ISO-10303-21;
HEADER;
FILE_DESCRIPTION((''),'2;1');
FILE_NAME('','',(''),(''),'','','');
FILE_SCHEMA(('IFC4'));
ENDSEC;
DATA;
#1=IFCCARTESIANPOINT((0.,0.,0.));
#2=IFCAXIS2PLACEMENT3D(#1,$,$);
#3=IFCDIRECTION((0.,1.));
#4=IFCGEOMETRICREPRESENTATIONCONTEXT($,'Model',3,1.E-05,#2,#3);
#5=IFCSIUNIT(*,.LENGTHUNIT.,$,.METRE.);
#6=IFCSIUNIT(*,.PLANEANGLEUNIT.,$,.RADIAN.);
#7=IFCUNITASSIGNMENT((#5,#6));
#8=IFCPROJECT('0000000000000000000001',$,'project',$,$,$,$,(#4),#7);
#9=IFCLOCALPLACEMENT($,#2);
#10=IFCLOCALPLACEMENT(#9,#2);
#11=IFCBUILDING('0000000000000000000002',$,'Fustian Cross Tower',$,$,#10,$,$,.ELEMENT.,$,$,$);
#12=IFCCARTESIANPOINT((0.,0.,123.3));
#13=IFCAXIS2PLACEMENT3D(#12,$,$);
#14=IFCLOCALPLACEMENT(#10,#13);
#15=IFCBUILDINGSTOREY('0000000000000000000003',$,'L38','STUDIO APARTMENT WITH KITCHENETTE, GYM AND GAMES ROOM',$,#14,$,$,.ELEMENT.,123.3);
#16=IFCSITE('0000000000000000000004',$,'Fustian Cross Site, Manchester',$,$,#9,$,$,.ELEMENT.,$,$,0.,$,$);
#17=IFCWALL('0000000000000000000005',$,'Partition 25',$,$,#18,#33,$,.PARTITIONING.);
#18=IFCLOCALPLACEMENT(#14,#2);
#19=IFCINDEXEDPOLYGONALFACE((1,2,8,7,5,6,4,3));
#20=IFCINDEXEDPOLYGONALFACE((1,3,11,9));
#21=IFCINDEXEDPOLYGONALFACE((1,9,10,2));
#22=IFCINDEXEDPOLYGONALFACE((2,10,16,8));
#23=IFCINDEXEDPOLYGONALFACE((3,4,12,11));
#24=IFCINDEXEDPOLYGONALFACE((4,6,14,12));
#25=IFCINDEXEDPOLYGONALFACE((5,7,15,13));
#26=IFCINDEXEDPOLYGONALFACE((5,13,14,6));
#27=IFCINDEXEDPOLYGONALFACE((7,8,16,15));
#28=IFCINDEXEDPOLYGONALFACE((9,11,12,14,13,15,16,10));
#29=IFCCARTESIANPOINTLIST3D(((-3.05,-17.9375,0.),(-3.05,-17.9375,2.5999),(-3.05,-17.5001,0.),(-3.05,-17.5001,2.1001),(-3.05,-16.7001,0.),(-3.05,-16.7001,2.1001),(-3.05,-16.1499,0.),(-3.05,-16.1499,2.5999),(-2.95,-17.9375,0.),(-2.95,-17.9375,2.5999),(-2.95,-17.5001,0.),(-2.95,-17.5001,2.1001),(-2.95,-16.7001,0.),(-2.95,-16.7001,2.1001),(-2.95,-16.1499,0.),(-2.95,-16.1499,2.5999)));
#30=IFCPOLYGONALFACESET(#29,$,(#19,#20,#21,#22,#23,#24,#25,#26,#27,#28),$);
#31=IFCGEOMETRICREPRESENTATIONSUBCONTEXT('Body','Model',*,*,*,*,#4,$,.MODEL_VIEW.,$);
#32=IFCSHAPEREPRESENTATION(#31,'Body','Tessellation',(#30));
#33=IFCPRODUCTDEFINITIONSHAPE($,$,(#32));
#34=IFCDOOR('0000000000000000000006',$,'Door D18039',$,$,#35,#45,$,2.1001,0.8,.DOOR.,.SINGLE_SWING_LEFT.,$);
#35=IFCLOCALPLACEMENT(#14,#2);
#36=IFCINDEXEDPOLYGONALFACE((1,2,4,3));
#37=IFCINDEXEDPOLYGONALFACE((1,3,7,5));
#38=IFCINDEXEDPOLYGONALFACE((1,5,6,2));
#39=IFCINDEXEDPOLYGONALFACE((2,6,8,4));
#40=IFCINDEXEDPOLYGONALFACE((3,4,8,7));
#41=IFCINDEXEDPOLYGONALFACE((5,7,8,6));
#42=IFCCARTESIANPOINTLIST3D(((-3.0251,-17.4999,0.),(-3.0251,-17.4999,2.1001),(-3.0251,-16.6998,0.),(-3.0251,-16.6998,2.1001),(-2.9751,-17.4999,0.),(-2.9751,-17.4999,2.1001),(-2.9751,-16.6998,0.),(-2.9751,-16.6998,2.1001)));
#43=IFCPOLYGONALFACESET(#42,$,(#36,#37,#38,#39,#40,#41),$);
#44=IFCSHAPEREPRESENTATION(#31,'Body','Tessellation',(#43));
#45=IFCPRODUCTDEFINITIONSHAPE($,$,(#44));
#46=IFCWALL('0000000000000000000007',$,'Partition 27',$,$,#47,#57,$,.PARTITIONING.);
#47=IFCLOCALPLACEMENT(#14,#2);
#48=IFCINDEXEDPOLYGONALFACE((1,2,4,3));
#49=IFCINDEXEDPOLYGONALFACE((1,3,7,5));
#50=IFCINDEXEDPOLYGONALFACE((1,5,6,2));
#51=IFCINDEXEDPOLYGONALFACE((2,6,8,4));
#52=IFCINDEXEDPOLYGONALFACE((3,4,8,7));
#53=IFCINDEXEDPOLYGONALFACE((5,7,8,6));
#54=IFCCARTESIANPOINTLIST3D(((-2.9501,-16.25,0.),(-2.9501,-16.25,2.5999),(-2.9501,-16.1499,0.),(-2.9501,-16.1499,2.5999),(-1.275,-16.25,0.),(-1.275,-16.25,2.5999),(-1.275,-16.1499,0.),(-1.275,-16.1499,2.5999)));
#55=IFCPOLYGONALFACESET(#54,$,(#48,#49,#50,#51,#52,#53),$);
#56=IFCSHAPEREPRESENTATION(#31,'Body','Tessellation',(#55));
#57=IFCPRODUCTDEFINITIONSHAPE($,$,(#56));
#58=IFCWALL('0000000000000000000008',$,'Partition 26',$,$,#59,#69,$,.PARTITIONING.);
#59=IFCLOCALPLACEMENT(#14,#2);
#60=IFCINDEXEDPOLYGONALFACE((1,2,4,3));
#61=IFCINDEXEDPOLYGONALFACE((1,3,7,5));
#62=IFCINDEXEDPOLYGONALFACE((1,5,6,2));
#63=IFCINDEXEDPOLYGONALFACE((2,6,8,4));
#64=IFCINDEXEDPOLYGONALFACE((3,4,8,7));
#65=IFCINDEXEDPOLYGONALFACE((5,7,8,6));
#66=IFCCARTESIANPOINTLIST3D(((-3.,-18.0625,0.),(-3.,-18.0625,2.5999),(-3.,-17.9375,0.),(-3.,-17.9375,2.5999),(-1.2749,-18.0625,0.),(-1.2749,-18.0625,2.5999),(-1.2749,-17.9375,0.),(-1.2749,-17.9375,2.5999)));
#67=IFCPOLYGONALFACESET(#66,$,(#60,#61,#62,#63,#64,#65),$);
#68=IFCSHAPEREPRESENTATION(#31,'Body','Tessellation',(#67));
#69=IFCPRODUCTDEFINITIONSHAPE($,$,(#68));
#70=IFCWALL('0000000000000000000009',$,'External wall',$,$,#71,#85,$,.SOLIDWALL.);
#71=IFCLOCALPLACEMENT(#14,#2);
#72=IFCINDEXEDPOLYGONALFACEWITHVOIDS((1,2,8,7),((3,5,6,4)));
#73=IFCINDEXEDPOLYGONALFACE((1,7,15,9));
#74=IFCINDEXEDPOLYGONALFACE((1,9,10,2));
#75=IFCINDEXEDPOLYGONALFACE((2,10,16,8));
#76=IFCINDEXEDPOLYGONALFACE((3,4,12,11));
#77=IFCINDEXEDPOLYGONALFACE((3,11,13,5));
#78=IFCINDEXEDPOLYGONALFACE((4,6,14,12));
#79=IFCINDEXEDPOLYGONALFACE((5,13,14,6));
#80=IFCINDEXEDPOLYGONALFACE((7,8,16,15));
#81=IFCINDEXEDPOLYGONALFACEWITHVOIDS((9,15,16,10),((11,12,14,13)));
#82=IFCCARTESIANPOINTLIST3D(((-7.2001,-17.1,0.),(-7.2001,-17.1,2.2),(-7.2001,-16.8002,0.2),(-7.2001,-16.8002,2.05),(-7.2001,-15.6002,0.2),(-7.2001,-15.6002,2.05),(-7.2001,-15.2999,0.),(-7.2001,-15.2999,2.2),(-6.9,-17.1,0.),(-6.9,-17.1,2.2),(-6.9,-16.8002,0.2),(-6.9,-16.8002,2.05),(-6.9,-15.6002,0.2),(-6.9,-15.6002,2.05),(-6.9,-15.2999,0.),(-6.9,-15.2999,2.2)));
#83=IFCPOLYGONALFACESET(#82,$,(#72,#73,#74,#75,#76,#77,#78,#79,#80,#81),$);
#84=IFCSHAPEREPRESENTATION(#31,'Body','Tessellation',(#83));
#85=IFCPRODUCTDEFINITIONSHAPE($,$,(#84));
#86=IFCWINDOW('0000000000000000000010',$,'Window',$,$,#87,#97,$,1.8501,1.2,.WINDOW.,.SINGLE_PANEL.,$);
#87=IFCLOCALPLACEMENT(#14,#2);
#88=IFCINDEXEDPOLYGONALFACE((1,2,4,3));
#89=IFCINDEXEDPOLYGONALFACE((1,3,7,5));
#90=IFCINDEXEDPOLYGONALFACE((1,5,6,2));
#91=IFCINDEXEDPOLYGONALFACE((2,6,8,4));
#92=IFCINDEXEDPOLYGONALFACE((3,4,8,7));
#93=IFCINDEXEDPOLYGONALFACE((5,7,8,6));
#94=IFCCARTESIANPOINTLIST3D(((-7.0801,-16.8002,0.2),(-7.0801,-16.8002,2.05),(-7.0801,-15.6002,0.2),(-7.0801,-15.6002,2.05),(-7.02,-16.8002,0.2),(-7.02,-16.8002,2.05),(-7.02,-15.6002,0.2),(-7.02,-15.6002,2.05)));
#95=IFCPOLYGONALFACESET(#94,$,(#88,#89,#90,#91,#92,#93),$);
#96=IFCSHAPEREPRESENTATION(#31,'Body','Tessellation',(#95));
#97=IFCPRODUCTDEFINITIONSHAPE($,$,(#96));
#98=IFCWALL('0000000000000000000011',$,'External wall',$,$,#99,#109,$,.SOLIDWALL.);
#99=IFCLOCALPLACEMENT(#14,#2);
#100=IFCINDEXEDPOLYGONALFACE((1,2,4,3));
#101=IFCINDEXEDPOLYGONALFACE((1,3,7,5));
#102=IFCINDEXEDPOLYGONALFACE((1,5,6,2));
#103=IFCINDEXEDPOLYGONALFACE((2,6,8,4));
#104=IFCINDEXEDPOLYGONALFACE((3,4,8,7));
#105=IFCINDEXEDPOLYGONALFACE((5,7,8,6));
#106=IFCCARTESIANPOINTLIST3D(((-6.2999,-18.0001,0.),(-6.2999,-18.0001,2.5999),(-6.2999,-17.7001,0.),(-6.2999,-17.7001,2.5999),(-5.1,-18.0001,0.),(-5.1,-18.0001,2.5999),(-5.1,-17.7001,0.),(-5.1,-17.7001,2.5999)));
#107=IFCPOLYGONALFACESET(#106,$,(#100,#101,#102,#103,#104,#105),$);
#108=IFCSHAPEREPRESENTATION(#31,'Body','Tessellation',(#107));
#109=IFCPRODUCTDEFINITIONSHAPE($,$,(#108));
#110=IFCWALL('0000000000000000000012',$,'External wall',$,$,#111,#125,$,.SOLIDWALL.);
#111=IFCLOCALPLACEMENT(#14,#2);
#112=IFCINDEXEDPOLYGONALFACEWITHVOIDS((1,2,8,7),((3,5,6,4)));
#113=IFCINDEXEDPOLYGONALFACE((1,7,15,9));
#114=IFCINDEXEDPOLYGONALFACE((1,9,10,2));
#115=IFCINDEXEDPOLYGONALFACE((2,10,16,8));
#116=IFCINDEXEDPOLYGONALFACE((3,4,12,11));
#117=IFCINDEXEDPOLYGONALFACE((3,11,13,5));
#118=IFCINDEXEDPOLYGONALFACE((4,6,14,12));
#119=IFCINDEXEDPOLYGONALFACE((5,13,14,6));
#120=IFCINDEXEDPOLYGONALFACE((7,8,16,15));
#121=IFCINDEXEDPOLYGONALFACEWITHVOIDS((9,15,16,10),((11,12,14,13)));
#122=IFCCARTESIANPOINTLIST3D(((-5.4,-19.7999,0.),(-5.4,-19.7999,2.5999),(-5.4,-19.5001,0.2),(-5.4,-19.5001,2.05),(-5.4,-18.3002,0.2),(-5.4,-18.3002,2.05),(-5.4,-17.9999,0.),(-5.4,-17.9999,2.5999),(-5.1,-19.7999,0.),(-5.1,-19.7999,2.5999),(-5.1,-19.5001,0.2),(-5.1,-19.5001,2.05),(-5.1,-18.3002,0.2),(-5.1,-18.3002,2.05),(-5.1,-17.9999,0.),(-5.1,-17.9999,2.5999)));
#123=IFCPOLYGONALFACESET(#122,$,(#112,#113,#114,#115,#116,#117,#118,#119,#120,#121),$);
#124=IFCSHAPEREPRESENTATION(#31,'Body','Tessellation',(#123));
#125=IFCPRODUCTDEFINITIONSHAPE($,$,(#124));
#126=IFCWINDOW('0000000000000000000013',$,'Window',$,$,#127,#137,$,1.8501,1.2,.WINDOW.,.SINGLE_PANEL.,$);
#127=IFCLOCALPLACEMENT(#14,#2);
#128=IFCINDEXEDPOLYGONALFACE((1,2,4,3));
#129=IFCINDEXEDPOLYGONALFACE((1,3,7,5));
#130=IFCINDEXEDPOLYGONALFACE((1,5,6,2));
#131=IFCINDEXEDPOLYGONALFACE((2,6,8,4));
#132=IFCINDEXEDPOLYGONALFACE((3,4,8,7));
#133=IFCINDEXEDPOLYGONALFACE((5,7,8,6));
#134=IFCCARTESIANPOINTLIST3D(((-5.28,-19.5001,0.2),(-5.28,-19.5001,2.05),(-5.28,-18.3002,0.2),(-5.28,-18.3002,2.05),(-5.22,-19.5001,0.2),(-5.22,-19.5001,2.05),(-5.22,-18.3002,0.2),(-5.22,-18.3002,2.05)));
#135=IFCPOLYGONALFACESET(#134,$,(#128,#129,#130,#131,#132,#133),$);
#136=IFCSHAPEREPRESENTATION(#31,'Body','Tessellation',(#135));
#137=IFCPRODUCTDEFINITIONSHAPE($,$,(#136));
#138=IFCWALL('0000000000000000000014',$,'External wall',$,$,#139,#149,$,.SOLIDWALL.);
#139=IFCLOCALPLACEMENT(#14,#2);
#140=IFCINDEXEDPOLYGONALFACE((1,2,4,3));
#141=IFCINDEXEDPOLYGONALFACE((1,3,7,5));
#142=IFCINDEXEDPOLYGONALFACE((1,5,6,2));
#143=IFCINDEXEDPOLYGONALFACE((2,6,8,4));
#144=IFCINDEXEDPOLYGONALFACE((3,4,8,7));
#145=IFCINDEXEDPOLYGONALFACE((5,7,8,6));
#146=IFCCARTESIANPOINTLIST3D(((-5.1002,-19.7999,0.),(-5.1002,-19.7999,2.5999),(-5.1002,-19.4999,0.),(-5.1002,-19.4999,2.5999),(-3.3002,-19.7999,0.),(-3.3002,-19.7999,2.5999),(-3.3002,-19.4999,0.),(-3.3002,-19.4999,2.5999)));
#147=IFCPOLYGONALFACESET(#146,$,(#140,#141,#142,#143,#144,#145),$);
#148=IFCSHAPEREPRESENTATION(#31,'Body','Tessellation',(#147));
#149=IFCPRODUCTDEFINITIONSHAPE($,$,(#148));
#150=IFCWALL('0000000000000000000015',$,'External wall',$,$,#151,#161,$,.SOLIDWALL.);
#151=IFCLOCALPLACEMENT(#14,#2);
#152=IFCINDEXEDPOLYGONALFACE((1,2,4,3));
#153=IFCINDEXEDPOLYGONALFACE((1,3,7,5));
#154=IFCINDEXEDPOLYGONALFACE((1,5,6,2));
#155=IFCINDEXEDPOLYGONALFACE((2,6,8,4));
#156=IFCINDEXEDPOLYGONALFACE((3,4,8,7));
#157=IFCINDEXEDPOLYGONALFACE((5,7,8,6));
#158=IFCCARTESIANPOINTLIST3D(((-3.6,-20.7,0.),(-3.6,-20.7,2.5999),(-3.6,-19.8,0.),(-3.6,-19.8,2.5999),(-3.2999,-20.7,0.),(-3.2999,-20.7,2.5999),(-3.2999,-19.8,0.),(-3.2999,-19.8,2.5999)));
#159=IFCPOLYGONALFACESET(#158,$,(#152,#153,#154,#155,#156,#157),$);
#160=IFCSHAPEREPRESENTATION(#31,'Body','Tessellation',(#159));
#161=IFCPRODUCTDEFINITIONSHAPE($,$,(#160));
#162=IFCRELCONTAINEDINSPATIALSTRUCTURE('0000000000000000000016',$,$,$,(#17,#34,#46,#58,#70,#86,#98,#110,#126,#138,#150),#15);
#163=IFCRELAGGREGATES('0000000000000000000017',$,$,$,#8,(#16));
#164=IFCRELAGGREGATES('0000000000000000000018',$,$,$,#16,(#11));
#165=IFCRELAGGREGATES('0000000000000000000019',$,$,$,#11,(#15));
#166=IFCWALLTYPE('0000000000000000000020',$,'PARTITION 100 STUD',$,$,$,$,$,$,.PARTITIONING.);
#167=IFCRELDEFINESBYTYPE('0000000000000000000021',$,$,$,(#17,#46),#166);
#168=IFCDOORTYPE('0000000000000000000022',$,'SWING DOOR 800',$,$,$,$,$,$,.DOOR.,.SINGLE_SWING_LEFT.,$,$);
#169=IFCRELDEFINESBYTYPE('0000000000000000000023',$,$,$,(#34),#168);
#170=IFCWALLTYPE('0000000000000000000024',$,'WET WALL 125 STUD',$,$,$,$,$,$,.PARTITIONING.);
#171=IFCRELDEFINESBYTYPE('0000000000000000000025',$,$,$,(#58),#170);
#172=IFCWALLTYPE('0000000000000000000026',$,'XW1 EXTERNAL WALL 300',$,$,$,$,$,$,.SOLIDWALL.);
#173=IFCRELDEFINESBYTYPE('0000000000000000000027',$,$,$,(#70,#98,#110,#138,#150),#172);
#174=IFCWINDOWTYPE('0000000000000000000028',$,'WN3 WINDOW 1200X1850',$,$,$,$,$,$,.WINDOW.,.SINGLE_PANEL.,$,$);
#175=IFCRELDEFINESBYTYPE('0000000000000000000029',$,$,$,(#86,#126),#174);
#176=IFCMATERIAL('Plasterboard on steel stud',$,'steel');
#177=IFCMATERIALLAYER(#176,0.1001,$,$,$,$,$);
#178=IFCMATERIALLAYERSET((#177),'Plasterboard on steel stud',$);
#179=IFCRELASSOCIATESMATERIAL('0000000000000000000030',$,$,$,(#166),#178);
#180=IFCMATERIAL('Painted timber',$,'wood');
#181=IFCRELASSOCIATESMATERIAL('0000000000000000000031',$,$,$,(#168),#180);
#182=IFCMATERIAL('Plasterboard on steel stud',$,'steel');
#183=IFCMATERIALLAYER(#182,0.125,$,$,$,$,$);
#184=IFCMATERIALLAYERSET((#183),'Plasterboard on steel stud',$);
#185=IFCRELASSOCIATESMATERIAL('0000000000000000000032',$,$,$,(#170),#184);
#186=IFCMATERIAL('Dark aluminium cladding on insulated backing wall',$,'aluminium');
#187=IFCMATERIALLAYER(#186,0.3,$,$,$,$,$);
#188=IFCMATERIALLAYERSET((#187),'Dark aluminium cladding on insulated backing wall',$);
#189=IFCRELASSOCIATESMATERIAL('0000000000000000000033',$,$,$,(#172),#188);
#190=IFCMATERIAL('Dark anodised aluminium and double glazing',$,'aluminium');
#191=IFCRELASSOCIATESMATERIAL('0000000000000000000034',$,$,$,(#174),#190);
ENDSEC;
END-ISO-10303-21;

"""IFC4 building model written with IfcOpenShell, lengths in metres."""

from ifc_helpers import new_model, si_unit, direction, frame, frame_2d, origin, place, context, subcontext, project, spatial, rectangle, extrude, material, layer, layer_set, type_object, element, fill, save


model = new_model("IFC4")

# Units and contexts
model_context = context("Model", 3, precision=1e-05, world=origin(), true_north=direction((0.0, 1.0)))
body_context = subcontext(model_context, "Body", "Model", "MODEL_VIEW")
ifc_project = project(units=[si_unit("LENGTHUNIT", "METRE"), si_unit("PLANEANGLEUNIT", "RADIAN")], contexts=[model_context])

# Site, building, storey
site_placement = place(None, origin())
site = spatial("IfcSite", under=ifc_project, at=site_placement, Name="Fustian Cross Site, Manchester", CompositionType="ELEMENT", RefElevation=0.0)
building_placement = place(site_placement, origin())
building = spatial("IfcBuilding", under=site, at=building_placement, Name="Fustian Cross Tower", CompositionType="ELEMENT")
storey_placement = place(building_placement, frame((0.0, 0.0, 123.3)))
storey = spatial("IfcBuildingStorey", under=building, at=storey_placement, Name="L38", Description="STUDIO APARTMENT WITH KITCHENETTE, GYM AND GAMES ROOM", CompositionType="ELEMENT", Elevation=123.3)

# Shared definitions
ifc_material_1 = material(Name="Plasterboard on steel stud", Category="steel")
ifc_layer_1 = layer(ifc_material_1, 0.1001)
ifc_layer_set_1 = layer_set([ifc_layer_1], Name="Plasterboard on steel stud")
wall_type_1 = type_object("IfcWallType", Name="PARTITION 100 STUD", PredefinedType="PARTITIONING", material=ifc_layer_set_1)

# Wall, opening, door
wall_1_placement = place(storey_placement, frame((-3.0, -17.9375, 0.0), z_axis=(0.0, 0.0, 1.0), x_axis=(0.0, 1.0, 0.0)))
wall_1 = element("IfcWall", 1, at=wall_1_placement, inside=storey, type_object=wall_type_1, Name="Partition 25", PredefinedType="PARTITIONING", context=body_context, shape_type="SweptSolid", body=[
    extrude(rectangle(XDim=1.7876, YDim=0.1001, at=frame_2d((0.8938, 0.0))), origin(), (0.0, 0.0, 1.0), 2.5999),
])
opening_1_placement = place(wall_1_placement, frame((0.4375, 0.0, 0.0)))
opening_1 = element("IfcOpeningElement", 2, at=opening_1_placement, cuts=wall_1, PredefinedType="OPENING", context=body_context, shape_type="SweptSolid", body=[
    extrude(rectangle(XDim=0.8, YDim=2.1001, at=frame_2d((0.3999, 1.05))), frame((0.0, 0.0601, 0.0), z_axis=(0.0, -1.0, 0.0), x_axis=(1.0, 0.0, 0.0)), (0.0, 0.0, 1.0), 0.1201),
])
ifc_material_2 = material(Name="Painted timber", Category="wood")
door_type_1 = type_object("IfcDoorType", Name="SWING DOOR 800", OperationType="SINGLE_SWING_LEFT", PredefinedType="DOOR", material=ifc_material_2)
door_1_placement = place(opening_1_placement, frame((0.8, 0.0, 0.0), z_axis=(0.0, 0.0, 1.0), x_axis=(-1.0, 0.0, 0.0)))
door_1 = element("IfcDoor", 3, at=door_1_placement, inside=storey, type_object=door_type_1, Name="Door D18039", OperationType="SINGLE_SWING_LEFT", OverallHeight=2.1001, OverallWidth=0.8, PredefinedType="DOOR", context=body_context, shape_type="SweptSolid", body=[
    extrude(rectangle(XDim=0.8, YDim=2.1001, at=frame_2d((0.3999, 1.05))), frame((0.0, 0.0249, 0.0), z_axis=(0.0, -1.0, 0.0), x_axis=(1.0, 0.0, 0.0)), (0.0, 0.0, 1.0), 0.05),
])
fill(opening_1, door_1)

# Walls
wall_2_placement = place(storey_placement, frame((-2.95, -16.2, 0.0), z_axis=(0.0, 0.0, 1.0), x_axis=(1.0, 0.0, 0.0)))
element("IfcWall", 4, at=wall_2_placement, inside=storey, type_object=wall_type_1, Name="Partition 27", PredefinedType="PARTITIONING", context=body_context, shape_type="SweptSolid", body=[
    extrude(rectangle(XDim=1.675, YDim=0.1001, at=frame_2d((0.8374, 0.0))), origin(), (0.0, 0.0, 1.0), 2.5999),
])
ifc_material_3 = material(Name="Plasterboard on steel stud", Category="steel")
ifc_layer_2 = layer(ifc_material_3, 0.125)
ifc_layer_set_2 = layer_set([ifc_layer_2], Name="Plasterboard on steel stud")
wall_type_2 = type_object("IfcWallType", Name="WET WALL 125 STUD", PredefinedType="PARTITIONING", material=ifc_layer_set_2)
wall_3_placement = place(storey_placement, frame((-3.0, -18.0, 0.0), z_axis=(0.0, 0.0, 1.0), x_axis=(1.0, 0.0, 0.0)))
element("IfcWall", 5, at=wall_3_placement, inside=storey, type_object=wall_type_2, Name="Partition 26", PredefinedType="PARTITIONING", context=body_context, shape_type="SweptSolid", body=[
    extrude(rectangle(XDim=1.7251, YDim=0.125, at=frame_2d((0.8625, 0.0))), origin(), (0.0, 0.0, 1.0), 2.5999),
])

# Wall, opening, window
ifc_material_4 = material(Name="Dark aluminium cladding on insulated backing wall", Category="aluminium")
ifc_layer_3 = layer(ifc_material_4, 0.3)
ifc_layer_set_3 = layer_set([ifc_layer_3], Name="Dark aluminium cladding on insulated backing wall")
wall_type_3 = type_object("IfcWallType", Name="XW1 EXTERNAL WALL 300", PredefinedType="SOLIDWALL", material=ifc_layer_set_3)
wall_4_placement = place(storey_placement, frame((-7.05, -15.3, 0.0), z_axis=(0.0, 0.0, 1.0), x_axis=(0.0, -1.0, 0.0)))
wall_4 = element("IfcWall", 6, at=wall_4_placement, inside=storey, type_object=wall_type_3, Name="External wall", PredefinedType="SOLIDWALL", context=body_context, shape_type="SweptSolid", body=[
    extrude(rectangle(XDim=1.8, YDim=0.3, at=frame_2d((0.8999, 0.0))), origin(), (0.0, 0.0, 1.0), 2.2),
])
opening_2_placement = place(wall_4_placement, frame((0.3, 0.0, 0.2)))
opening_2 = element("IfcOpeningElement", 7, at=opening_2_placement, cuts=wall_4, PredefinedType="OPENING", context=body_context, shape_type="SweptSolid", body=[
    extrude(rectangle(XDim=1.2, YDim=1.8501, at=frame_2d((0.6001, 0.925))), frame((0.0, 0.1599, 0.0), z_axis=(0.0, -1.0, 0.0), x_axis=(1.0, 0.0, 0.0)), (0.0, 0.0, 1.0), 0.3201),
])
ifc_material_5 = material(Name="Dark anodised aluminium and double glazing", Category="aluminium")
window_type_1 = type_object("IfcWindowType", Name="WN3 WINDOW 1200X1850", PartitioningType="SINGLE_PANEL", PredefinedType="WINDOW", material=ifc_material_5)
window_1_placement = place(opening_2_placement, origin())
window_1 = element("IfcWindow", 8, at=window_1_placement, inside=storey, type_object=window_type_1, Name="Window", OverallHeight=1.8501, OverallWidth=1.2, PartitioningType="SINGLE_PANEL", PredefinedType="WINDOW", context=body_context, shape_type="SweptSolid", body=[
    extrude(rectangle(XDim=1.2, YDim=1.8501, at=frame_2d((0.6001, 0.925))), frame((0.0, 0.03, 0.0), z_axis=(0.0, -1.0, 0.0), x_axis=(1.0, 0.0, 0.0)), (0.0, 0.0, 1.0), 0.0601),
])
fill(opening_2, window_1)

# Wall
wall_5_placement = place(storey_placement, frame((-6.3, -17.8501, 0.0), z_axis=(0.0, 0.0, 1.0), x_axis=(1.0, 0.0, 0.0)))
element("IfcWall", 9, at=wall_5_placement, inside=storey, type_object=wall_type_3, Name="External wall", PredefinedType="SOLIDWALL", context=body_context, shape_type="SweptSolid", body=[
    extrude(rectangle(XDim=1.2, YDim=0.3, at=frame_2d((0.6001, 0.0))), origin(), (0.0, 0.0, 1.0), 2.5999),
])

# Wall, opening, window
wall_6_placement = place(storey_placement, frame((-5.25, -18.0, 0.0), z_axis=(0.0, 0.0, 1.0), x_axis=(0.0, -1.0, 0.0)))
wall_6 = element("IfcWall", 10, at=wall_6_placement, inside=storey, type_object=wall_type_3, Name="External wall", PredefinedType="SOLIDWALL", context=body_context, shape_type="SweptSolid", body=[
    extrude(rectangle(XDim=1.8, YDim=0.3, at=frame_2d((0.8999, 0.0))), origin(), (0.0, 0.0, 1.0), 2.5999),
])
opening_3_placement = place(wall_6_placement, frame((0.3, 0.0, 0.2)))
opening_3 = element("IfcOpeningElement", 11, at=opening_3_placement, cuts=wall_6, PredefinedType="OPENING", context=body_context, shape_type="SweptSolid", body=[
    extrude(rectangle(XDim=1.2, YDim=1.8501, at=frame_2d((0.6001, 0.925))), frame((0.0, 0.1599, 0.0), z_axis=(0.0, -1.0, 0.0), x_axis=(1.0, 0.0, 0.0)), (0.0, 0.0, 1.0), 0.3201),
])
window_2_placement = place(opening_3_placement, origin())
window_2 = element("IfcWindow", 12, at=window_2_placement, inside=storey, type_object=window_type_1, Name="Window", OverallHeight=1.8501, OverallWidth=1.2, PartitioningType="SINGLE_PANEL", PredefinedType="WINDOW", context=body_context, shape_type="SweptSolid", body=[
    extrude(rectangle(XDim=1.2, YDim=1.8501, at=frame_2d((0.6001, 0.925))), frame((0.0, 0.03, 0.0), z_axis=(0.0, -1.0, 0.0), x_axis=(1.0, 0.0, 0.0)), (0.0, 0.0, 1.0), 0.0601),
])
fill(opening_3, window_2)

# Walls
wall_7_placement = place(storey_placement, frame((-5.1001, -19.6499, 0.0), z_axis=(0.0, 0.0, 1.0), x_axis=(1.0, 0.0, 0.0)))
element("IfcWall", 13, at=wall_7_placement, inside=storey, type_object=wall_type_3, Name="External wall", PredefinedType="SOLIDWALL", context=body_context, shape_type="SweptSolid", body=[
    extrude(rectangle(XDim=1.8, YDim=0.3, at=frame_2d((0.8999, 0.0))), origin(), (0.0, 0.0, 1.0), 2.5999),
])
wall_8_placement = place(storey_placement, frame((-3.45, -19.8, 0.0), z_axis=(0.0, 0.0, 1.0), x_axis=(0.0, -1.0, 0.0)))
element("IfcWall", 14, at=wall_8_placement, inside=storey, type_object=wall_type_3, Name="External wall", PredefinedType="SOLIDWALL", context=body_context, shape_type="SweptSolid", body=[
    extrude(rectangle(XDim=0.8999, YDim=0.3, at=frame_2d((0.45, 0.0))), origin(), (0.0, 0.0, 1.0), 2.5999),
])

save(model, "model.ifc")
